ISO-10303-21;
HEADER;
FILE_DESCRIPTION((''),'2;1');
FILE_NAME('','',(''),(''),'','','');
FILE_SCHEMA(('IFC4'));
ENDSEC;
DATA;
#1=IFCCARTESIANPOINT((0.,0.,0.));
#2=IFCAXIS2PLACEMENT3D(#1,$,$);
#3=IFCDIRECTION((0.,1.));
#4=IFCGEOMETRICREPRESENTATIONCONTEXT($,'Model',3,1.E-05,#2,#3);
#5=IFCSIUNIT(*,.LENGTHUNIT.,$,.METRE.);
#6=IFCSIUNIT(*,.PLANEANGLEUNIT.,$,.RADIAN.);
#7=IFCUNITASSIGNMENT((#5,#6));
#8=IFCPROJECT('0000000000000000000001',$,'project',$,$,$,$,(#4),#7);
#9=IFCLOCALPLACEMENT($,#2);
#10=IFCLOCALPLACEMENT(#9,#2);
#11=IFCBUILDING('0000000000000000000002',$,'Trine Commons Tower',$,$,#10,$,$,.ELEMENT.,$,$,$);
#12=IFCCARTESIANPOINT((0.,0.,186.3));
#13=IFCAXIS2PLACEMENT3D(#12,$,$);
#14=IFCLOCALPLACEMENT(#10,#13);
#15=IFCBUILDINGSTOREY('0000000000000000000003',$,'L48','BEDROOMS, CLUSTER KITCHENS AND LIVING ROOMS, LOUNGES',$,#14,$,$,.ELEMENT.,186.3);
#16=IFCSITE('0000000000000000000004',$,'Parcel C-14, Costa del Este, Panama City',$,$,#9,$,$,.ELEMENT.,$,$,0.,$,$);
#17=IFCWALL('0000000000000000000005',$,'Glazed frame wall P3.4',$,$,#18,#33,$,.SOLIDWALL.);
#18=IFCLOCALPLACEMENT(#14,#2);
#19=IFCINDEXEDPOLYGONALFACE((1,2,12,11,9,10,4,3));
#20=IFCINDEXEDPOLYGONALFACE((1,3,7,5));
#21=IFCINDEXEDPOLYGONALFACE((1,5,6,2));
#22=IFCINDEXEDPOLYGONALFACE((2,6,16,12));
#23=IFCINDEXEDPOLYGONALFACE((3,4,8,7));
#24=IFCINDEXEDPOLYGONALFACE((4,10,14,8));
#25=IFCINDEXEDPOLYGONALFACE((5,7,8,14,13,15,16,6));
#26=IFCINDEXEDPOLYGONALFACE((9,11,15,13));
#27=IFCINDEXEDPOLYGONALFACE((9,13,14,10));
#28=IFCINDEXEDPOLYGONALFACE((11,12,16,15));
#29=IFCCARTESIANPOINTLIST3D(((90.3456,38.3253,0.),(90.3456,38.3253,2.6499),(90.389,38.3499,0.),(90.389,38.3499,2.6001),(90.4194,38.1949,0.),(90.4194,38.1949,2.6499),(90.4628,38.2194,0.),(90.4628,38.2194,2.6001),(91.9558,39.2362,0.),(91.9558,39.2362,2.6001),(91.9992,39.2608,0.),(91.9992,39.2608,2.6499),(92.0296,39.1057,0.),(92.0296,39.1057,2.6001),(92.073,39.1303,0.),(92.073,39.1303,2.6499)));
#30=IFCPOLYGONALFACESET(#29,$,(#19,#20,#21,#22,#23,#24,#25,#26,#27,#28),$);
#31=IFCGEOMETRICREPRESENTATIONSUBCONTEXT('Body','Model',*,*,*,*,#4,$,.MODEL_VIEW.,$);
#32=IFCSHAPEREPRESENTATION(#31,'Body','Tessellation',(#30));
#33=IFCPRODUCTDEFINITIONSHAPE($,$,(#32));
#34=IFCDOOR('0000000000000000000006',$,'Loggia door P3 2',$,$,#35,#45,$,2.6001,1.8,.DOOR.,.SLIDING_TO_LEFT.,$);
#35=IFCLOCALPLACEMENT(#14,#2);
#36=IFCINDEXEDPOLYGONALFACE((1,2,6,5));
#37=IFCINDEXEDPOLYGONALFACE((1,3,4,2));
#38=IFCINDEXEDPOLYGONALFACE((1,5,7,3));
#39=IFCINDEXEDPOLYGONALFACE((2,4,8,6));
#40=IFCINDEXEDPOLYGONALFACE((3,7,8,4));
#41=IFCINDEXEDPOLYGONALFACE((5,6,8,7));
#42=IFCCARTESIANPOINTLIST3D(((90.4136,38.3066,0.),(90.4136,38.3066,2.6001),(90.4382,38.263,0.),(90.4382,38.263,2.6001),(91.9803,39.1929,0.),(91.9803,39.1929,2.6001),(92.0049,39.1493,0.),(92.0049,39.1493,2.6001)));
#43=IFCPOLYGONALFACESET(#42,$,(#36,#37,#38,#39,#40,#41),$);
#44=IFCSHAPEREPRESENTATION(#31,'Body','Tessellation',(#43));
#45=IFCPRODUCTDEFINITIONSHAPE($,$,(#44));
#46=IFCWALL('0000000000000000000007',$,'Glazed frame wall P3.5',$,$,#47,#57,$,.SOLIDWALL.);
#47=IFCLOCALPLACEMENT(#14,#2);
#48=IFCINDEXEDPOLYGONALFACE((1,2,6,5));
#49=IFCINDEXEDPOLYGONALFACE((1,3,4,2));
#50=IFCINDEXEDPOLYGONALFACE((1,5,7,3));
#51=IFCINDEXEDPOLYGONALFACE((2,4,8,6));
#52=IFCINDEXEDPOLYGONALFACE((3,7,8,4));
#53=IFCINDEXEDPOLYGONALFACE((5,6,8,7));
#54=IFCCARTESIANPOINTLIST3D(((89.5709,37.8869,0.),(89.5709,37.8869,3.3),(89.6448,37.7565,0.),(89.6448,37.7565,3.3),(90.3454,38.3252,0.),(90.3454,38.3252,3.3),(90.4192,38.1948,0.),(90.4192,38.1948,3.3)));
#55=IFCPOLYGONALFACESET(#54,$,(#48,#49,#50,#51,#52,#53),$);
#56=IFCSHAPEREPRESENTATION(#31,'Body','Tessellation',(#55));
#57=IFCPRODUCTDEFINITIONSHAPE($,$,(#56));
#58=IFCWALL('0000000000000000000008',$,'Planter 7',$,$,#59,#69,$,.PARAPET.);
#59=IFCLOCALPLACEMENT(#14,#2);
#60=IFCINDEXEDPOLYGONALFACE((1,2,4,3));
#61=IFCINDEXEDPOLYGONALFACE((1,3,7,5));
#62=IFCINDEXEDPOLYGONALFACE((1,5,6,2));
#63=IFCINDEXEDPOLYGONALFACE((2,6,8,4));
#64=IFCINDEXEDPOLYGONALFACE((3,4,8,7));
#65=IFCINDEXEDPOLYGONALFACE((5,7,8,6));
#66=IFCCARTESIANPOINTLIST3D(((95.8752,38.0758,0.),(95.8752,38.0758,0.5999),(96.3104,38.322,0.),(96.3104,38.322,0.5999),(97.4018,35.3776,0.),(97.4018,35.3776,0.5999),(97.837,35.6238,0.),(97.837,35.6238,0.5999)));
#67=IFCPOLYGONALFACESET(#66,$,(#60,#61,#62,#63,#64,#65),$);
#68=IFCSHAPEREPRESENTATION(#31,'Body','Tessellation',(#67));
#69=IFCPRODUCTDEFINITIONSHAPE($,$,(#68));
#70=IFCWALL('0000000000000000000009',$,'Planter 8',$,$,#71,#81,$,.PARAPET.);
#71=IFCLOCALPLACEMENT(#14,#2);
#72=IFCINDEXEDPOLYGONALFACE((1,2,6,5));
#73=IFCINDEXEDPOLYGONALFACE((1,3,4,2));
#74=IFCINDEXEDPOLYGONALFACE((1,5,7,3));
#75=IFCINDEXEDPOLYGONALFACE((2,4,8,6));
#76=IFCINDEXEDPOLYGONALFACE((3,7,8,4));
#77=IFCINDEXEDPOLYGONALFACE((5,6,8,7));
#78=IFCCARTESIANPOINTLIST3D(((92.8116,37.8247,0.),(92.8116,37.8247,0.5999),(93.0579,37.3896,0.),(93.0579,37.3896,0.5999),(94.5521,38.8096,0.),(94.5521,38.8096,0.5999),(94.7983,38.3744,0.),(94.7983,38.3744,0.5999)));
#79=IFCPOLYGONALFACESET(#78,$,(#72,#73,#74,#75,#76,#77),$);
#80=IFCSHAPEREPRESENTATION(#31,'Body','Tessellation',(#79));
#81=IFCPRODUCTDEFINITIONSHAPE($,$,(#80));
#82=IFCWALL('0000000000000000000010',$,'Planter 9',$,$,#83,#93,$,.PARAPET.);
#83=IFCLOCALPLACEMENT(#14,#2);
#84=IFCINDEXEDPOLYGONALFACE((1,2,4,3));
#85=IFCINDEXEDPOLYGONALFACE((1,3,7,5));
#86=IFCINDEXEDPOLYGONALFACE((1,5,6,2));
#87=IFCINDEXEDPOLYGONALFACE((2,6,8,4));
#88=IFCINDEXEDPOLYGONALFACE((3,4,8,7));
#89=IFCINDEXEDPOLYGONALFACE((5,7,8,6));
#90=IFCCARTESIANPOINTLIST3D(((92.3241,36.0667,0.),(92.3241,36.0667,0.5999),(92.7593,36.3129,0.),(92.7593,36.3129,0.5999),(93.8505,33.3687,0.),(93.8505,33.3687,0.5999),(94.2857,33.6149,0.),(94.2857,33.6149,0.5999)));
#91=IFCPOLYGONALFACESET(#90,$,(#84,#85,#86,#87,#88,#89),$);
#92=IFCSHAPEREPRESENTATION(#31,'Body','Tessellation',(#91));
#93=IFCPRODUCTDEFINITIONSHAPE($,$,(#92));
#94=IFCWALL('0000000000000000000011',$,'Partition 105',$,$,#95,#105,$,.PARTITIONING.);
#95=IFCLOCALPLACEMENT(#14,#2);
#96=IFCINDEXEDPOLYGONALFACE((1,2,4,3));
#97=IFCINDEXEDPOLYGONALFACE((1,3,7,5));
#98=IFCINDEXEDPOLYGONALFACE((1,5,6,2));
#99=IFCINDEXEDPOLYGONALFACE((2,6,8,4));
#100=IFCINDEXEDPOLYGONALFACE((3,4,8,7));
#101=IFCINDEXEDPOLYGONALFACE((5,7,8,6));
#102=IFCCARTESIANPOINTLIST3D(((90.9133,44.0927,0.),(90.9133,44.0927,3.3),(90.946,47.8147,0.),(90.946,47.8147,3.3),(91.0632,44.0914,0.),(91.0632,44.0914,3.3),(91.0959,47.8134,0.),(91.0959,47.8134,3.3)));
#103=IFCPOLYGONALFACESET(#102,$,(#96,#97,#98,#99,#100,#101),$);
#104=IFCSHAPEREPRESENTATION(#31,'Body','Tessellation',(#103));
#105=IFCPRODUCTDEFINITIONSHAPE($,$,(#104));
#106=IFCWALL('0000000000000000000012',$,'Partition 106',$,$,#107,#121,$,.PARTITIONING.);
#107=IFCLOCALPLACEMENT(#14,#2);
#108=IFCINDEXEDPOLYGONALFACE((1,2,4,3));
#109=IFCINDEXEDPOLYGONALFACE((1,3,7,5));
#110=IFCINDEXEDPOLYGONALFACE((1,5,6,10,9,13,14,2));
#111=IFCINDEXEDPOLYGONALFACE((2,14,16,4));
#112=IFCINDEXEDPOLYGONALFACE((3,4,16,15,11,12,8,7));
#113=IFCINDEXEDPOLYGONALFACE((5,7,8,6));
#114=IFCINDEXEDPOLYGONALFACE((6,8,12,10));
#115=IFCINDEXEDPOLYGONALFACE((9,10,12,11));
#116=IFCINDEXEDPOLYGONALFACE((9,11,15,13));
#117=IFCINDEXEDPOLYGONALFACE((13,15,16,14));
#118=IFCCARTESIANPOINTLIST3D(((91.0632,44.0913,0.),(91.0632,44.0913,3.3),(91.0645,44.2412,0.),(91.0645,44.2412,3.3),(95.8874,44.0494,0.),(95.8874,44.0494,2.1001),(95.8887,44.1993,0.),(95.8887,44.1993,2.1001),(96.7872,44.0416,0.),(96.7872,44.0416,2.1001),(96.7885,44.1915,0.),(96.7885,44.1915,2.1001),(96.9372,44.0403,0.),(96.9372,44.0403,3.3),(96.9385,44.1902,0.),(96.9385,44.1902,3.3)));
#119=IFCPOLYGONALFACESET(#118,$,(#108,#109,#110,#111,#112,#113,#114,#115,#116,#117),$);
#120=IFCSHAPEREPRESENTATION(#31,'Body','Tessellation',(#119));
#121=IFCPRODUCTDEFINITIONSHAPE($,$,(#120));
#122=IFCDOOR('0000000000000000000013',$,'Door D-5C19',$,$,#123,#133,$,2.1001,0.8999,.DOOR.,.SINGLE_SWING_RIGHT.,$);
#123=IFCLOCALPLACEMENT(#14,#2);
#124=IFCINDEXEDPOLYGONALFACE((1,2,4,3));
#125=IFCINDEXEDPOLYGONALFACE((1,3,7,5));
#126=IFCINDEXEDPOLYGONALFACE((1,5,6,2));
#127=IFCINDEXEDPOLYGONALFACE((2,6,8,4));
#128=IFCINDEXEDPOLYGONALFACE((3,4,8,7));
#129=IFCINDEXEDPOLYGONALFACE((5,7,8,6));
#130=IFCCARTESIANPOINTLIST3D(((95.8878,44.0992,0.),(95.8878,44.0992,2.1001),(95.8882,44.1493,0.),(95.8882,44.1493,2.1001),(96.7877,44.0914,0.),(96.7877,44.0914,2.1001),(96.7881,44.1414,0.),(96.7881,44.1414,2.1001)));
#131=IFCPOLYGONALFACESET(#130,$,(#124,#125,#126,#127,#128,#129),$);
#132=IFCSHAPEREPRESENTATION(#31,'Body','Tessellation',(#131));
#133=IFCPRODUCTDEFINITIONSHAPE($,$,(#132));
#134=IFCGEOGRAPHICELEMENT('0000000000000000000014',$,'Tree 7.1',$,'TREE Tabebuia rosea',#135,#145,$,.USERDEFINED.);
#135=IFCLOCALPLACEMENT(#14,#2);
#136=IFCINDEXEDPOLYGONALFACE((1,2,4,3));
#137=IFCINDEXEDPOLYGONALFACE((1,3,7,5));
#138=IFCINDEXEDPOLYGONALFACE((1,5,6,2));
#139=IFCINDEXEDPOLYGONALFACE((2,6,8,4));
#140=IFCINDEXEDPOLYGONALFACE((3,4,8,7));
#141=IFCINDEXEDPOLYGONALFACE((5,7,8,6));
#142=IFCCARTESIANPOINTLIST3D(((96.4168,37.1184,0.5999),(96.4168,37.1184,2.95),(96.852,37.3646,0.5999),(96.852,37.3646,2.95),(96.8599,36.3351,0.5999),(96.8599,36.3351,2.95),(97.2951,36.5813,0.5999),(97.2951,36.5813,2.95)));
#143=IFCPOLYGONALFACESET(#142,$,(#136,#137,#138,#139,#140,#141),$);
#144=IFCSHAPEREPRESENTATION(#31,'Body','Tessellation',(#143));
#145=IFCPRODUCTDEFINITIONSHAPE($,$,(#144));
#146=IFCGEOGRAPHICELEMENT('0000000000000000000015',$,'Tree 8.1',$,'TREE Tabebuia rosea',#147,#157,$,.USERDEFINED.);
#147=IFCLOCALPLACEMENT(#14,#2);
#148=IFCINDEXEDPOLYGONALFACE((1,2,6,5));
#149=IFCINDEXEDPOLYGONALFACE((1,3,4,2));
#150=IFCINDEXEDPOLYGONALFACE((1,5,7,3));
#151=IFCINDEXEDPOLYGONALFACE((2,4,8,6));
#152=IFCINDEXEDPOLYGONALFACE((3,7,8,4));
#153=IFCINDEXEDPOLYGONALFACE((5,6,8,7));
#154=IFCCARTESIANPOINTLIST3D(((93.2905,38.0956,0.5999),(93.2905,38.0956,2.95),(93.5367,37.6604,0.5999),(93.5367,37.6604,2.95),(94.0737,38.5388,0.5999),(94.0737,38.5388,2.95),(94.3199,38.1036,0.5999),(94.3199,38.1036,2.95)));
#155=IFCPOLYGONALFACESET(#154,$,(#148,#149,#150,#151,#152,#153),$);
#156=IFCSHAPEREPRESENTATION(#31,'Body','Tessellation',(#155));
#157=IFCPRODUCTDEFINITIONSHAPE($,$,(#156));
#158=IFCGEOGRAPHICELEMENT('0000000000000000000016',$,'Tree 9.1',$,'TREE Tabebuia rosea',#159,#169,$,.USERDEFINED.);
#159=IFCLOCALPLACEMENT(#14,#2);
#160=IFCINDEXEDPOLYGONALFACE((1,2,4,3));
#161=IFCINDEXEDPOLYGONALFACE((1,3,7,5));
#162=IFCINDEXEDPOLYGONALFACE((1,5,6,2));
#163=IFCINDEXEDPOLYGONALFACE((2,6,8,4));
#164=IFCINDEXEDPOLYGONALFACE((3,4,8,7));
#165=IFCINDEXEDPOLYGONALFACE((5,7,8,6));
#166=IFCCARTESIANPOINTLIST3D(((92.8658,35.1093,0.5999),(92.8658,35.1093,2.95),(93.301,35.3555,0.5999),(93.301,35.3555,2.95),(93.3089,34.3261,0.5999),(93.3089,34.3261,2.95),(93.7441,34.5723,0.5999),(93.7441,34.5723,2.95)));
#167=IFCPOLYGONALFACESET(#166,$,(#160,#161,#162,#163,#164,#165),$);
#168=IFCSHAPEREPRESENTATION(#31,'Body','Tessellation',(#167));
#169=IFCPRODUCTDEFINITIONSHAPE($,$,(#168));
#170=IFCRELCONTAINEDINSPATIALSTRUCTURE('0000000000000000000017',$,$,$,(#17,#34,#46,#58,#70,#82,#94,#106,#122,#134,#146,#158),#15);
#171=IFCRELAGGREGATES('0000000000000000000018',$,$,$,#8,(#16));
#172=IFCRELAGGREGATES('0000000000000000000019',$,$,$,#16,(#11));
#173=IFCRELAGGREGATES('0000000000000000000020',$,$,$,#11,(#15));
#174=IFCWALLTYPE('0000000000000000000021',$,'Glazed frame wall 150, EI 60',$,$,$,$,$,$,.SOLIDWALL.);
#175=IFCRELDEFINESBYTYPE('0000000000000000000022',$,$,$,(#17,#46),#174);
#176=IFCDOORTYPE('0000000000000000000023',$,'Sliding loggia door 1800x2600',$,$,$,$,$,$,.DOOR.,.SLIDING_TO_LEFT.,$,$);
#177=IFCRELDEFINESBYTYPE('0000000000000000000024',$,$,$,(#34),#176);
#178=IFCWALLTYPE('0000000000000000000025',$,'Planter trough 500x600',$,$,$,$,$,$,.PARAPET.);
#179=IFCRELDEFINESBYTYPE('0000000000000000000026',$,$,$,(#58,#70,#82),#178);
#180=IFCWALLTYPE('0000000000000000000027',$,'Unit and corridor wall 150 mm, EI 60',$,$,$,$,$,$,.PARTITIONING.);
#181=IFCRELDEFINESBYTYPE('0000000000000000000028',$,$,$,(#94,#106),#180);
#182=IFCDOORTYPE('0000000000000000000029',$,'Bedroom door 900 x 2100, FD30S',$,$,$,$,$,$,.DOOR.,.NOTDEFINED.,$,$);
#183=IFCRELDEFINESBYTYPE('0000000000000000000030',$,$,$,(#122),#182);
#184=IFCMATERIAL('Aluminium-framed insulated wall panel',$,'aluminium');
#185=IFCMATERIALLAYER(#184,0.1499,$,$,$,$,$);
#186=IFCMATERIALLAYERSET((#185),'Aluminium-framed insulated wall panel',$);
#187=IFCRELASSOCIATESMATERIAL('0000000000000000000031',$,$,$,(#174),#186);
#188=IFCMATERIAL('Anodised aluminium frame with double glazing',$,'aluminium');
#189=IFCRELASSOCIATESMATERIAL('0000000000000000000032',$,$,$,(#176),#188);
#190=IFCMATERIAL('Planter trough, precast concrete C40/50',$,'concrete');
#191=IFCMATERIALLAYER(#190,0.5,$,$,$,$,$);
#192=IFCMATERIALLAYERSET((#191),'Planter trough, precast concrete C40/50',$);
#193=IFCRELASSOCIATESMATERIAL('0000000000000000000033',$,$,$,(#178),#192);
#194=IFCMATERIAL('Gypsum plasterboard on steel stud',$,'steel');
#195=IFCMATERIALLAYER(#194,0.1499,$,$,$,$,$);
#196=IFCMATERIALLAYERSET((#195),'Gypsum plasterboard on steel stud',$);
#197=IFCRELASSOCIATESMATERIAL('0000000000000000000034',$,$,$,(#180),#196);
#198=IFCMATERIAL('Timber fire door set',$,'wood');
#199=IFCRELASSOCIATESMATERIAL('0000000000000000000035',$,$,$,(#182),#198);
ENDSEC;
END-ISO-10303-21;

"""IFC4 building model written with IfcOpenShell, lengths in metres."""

from ifc_helpers import new_model, si_unit, direction, frame, frame_2d, origin, origin_2d, place, context, subcontext, project, spatial, polyline, rectangle, outline, extrude, material, layer, layer_set, type_object, element, fill, save


model = new_model("IFC4")

# Units and contexts
model_context = context("Model", 3, precision=1e-05, world=origin(), true_north=direction((0.0, 1.0)))
body_context = subcontext(model_context, "Body", "Model", "MODEL_VIEW")
ifc_project = project(units=[si_unit("LENGTHUNIT", "METRE"), si_unit("PLANEANGLEUNIT", "RADIAN")], contexts=[model_context])

# Site, building, storey
site_placement = place(None, origin())
site = spatial("IfcSite", under=ifc_project, at=site_placement, Name="Parcel C-14, Costa del Este, Panama City", CompositionType="ELEMENT", RefElevation=0.0)
building_placement = place(site_placement, origin())
building = spatial("IfcBuilding", under=site, at=building_placement, Name="Trine Commons Tower", CompositionType="ELEMENT")
storey_placement = place(building_placement, frame((0.0, 0.0, 186.3)))
storey = spatial("IfcBuildingStorey", under=building, at=storey_placement, Name="L48", Description="BEDROOMS, CLUSTER KITCHENS AND LIVING ROOMS, LOUNGES", CompositionType="ELEMENT", Elevation=186.3)

# Shared definitions
ifc_material_1 = material(Name="Aluminium-framed insulated wall panel", Category="aluminium")
ifc_layer_1 = layer(ifc_material_1, 0.1499)
ifc_layer_set_1 = layer_set([ifc_layer_1], Name="Aluminium-framed insulated wall panel")
wall_type_1 = type_object("IfcWallType", Name="Glazed frame wall 150, EI 60", PredefinedType="SOLIDWALL", material=ifc_layer_set_1)

# Shared definitions
ifc_material_2 = material(Name="Anodised aluminium frame with double glazing", Category="aluminium")
door_type_1 = type_object("IfcDoorType", Name="Sliding loggia door 1800x2600", OperationType="SLIDING_TO_LEFT", PredefinedType="DOOR", material=ifc_material_2)

# Wall, opening, door
wall_1_placement = place(storey_placement, frame((92.0361, 39.1956, 0.0), z_axis=(0.0, 0.0, 1.0), x_axis=(-0.870386, -0.492371, 0.0)))
wall_1 = element("IfcWall", 1, at=wall_1_placement, inside=storey, type_object=wall_type_1, Name="Glazed frame wall P3.4", PredefinedType="SOLIDWALL", context=body_context, shape_type="SweptSolid", body=[
    extrude(outline(polyline([(0.0, -0.075), (1.8999, -0.075), (1.8999, 0.075), (0.0, 0.075), (0.0, -0.075)])), origin(), (0.0, 0.0, 1.0), 2.6499),
])
opening_1_placement = place(wall_1_placement, frame((0.05, 0.0, 0.0)))
opening_1 = element("IfcOpeningElement", 2, at=opening_1_placement, cuts=wall_1, PredefinedType="OPENING", context=body_context, shape_type="SweptSolid", body=[
    extrude(rectangle(XDim=1.8, YDim=2.6001, at=frame_2d((0.8999, 1.3))), frame((0.0, 0.085, 0.0), z_axis=(0.0, -1.0, 0.0), x_axis=(1.0, 0.0, 0.0)), (0.0, 0.0, 1.0), 0.1699),
])
door_1_placement = place(opening_1_placement, origin())
door_1 = element("IfcDoor", 3, at=door_1_placement, inside=storey, type_object=door_type_1, Name="Loggia door P3 2", OperationType="SLIDING_TO_LEFT", OverallHeight=2.6001, OverallWidth=1.8, PredefinedType="DOOR", context=body_context, shape_type="SweptSolid", body=[
    extrude(rectangle(XDim=1.8, YDim=2.6001, at=frame_2d((0.8999, 1.3))), frame((0.0, 0.0249, 0.0), z_axis=(0.0, -1.0, 0.0), x_axis=(1.0, 0.0, 0.0)), (0.0, 0.0, 1.0), 0.05),
])
fill(opening_1, door_1)

# Walls
wall_2_placement = place(storey_placement, frame((90.3823, 38.26, 0.0), z_axis=(0.0, 0.0, 1.0), x_axis=(-0.870294, -0.492532, 0.0)))
element("IfcWall", 4, at=wall_2_placement, inside=storey, type_object=wall_type_1, Name="Glazed frame wall P3.5", PredefinedType="SOLIDWALL", context=body_context, shape_type="SweptSolid", body=[
    extrude(outline(polyline([(0.8899, 0.075), (0.0, 0.075), (0.0, -0.075), (0.8899, -0.075), (0.8899, 0.075)])), origin(), (0.0, 0.0, 1.0), 3.3),
])
ifc_material_3 = material(Name="Planter trough, precast concrete C40/50", Category="concrete")
ifc_layer_2 = layer(ifc_material_3, 0.5)
ifc_layer_set_2 = layer_set([ifc_layer_2], Name="Planter trough, precast concrete C40/50")
wall_type_2 = type_object("IfcWallType", Name="Planter trough 500x600", PredefinedType="PARAPET", material=ifc_layer_set_2)
wall_3_placement = place(storey_placement, frame((97.6194, 35.5007, 0.0), z_axis=(0.0, 0.0, 1.0), x_axis=(-0.492428, 0.870353, 0.0)))
element("IfcWall", 5, at=wall_3_placement, inside=storey, type_object=wall_type_2, Name="Planter 7", PredefinedType="PARAPET", context=body_context, shape_type="SweptSolid", body=[
    extrude(rectangle(XDim=3.1001, YDim=0.5, at=frame_2d((1.55, 0.0))), origin(), (0.0, 0.0, 1.0), 0.5999),
])
wall_4_placement = place(storey_placement, frame((94.6753, 38.592, 0.0), z_axis=(0.0, 0.0, 1.0), x_axis=(-0.870324, -0.49248, 0.0)))
element("IfcWall", 6, at=wall_4_placement, inside=storey, type_object=wall_type_2, Name="Planter 8", PredefinedType="PARAPET", context=body_context, shape_type="SweptSolid", body=[
    extrude(rectangle(XDim=1.9998, YDim=0.5, at=frame_2d((1.0, 0.0))), origin(), (0.0, 0.0, 1.0), 0.5999),
])
wall_5_placement = place(storey_placement, frame((92.5417, 36.1897, 0.0), z_axis=(0.0, 0.0, 1.0), x_axis=(0.492402, -0.870368, 0.0)))
element("IfcWall", 7, at=wall_5_placement, inside=storey, type_object=wall_type_2, Name="Planter 9", PredefinedType="PARAPET", context=body_context, shape_type="SweptSolid", body=[
    extrude(rectangle(XDim=3.0999, YDim=0.5, at=frame_2d((1.5498, 0.0))), origin(), (0.0, 0.0, 1.0), 0.5999),
])
ifc_material_4 = material(Name="Gypsum plasterboard on steel stud", Category="steel")
ifc_layer_3 = layer(ifc_material_4, 0.1499)
ifc_layer_set_3 = layer_set([ifc_layer_3], Name="Gypsum plasterboard on steel stud")
wall_type_3 = type_object("IfcWallType", Name="Unit and corridor wall 150 mm, EI 60", PredefinedType="PARTITIONING", material=ifc_layer_set_3)
wall_6_placement = place(storey_placement, frame((90.9883, 44.092, 0.0), z_axis=(0.0, 0.0, 1.0), x_axis=(0.008789, 0.999961, 0.0)))
element("IfcWall", 8, at=wall_6_placement, inside=storey, type_object=wall_type_3, Name="Partition 105", PredefinedType="PARTITIONING", context=body_context, shape_type="SweptSolid", body=[
    extrude(rectangle(XDim=3.7222, YDim=0.1499, at=frame_2d((1.8611, 0.0))), origin(), (0.0, 0.0, 1.0), 3.3),
])

# Wall, opening, door
wall_7_placement = place(storey_placement, frame((91.064, 44.1663, 0.0), z_axis=(0.0, 0.0, 1.0), x_axis=(0.999962, -0.008686, 0.0)))
wall_7 = element("IfcWall", 9, at=wall_7_placement, inside=storey, type_object=wall_type_3, Name="Partition 106", PredefinedType="PARTITIONING", context=body_context, shape_type="SweptSolid", body=[
    extrude(rectangle(XDim=5.8743, YDim=0.1499, at=frame_2d((2.937, 0.0))), origin(), (0.0, 0.0, 1.0), 3.3),
])
opening_2_placement = place(wall_7_placement, frame((4.8242, 0.0, 0.0)))
opening_2 = element("IfcOpeningElement", 10, at=opening_2_placement, cuts=wall_7, PredefinedType="OPENING", context=body_context, shape_type="SweptSolid", body=[
    extrude(rectangle(XDim=0.8999, YDim=2.1001, at=frame_2d((0.45, 1.05))), frame((0.0, 0.085, 0.0), z_axis=(0.0, -1.0, 0.0), x_axis=(1.0, 0.0, 0.0)), (0.0, 0.0, 1.0), 0.1699),
])
ifc_material_5 = material(Name="Timber fire door set", Category="wood")
door_type_2 = type_object("IfcDoorType", Name="Bedroom door 900 x 2100, FD30S", OperationType="NOTDEFINED", PredefinedType="DOOR", material=ifc_material_5)
door_2_placement = place(opening_2_placement, origin())
door_2 = element("IfcDoor", 11, at=door_2_placement, inside=storey, type_object=door_type_2, Name="Door D-5C19", OperationType="SINGLE_SWING_RIGHT", OverallHeight=2.1001, OverallWidth=0.8999, PredefinedType="DOOR", context=body_context, shape_type="SweptSolid", body=[
    extrude(rectangle(XDim=0.8999, YDim=2.1001, at=frame_2d((0.45, 1.05))), frame((0.0, 0.0249, 0.0), z_axis=(0.0, -1.0, 0.0), x_axis=(1.0, 0.0, 0.0)), (0.0, 0.0, 1.0), 0.05),
])
fill(opening_2, door_2)

# Geographic elements
for number, where, z_axis, x_axis, name in (
    (12, (96.856, 36.8499, 0.5999), (0.0, 0.0, 1.0), (-0.492421, 0.870357, 0.0), "Tree 7.1"),
    (13, (93.8052, 38.0996, 0.5999), (0.0, 0.0, 1.0), (-0.870333, -0.492463, 0.0), "Tree 8.1"),
    (14, (93.3049, 34.8408, 0.5999), (0.0, 0.0, 1.0), (0.492421, -0.870357, 0.0), "Tree 9.1"),
):
    element("IfcGeographicElement", number, at=place(storey_placement, frame(where, z_axis=z_axis, x_axis=x_axis)), inside=storey, Name=name, ObjectType="TREE Tabebuia rosea", PredefinedType="USERDEFINED", context=body_context, shape_type="SweptSolid", body=[
        extrude(rectangle(XDim=0.8999, YDim=0.5, at=origin_2d()), origin(), (0.0, 0.0, 1.0), 2.3501),
    ])

save(model, "model.ifc")
